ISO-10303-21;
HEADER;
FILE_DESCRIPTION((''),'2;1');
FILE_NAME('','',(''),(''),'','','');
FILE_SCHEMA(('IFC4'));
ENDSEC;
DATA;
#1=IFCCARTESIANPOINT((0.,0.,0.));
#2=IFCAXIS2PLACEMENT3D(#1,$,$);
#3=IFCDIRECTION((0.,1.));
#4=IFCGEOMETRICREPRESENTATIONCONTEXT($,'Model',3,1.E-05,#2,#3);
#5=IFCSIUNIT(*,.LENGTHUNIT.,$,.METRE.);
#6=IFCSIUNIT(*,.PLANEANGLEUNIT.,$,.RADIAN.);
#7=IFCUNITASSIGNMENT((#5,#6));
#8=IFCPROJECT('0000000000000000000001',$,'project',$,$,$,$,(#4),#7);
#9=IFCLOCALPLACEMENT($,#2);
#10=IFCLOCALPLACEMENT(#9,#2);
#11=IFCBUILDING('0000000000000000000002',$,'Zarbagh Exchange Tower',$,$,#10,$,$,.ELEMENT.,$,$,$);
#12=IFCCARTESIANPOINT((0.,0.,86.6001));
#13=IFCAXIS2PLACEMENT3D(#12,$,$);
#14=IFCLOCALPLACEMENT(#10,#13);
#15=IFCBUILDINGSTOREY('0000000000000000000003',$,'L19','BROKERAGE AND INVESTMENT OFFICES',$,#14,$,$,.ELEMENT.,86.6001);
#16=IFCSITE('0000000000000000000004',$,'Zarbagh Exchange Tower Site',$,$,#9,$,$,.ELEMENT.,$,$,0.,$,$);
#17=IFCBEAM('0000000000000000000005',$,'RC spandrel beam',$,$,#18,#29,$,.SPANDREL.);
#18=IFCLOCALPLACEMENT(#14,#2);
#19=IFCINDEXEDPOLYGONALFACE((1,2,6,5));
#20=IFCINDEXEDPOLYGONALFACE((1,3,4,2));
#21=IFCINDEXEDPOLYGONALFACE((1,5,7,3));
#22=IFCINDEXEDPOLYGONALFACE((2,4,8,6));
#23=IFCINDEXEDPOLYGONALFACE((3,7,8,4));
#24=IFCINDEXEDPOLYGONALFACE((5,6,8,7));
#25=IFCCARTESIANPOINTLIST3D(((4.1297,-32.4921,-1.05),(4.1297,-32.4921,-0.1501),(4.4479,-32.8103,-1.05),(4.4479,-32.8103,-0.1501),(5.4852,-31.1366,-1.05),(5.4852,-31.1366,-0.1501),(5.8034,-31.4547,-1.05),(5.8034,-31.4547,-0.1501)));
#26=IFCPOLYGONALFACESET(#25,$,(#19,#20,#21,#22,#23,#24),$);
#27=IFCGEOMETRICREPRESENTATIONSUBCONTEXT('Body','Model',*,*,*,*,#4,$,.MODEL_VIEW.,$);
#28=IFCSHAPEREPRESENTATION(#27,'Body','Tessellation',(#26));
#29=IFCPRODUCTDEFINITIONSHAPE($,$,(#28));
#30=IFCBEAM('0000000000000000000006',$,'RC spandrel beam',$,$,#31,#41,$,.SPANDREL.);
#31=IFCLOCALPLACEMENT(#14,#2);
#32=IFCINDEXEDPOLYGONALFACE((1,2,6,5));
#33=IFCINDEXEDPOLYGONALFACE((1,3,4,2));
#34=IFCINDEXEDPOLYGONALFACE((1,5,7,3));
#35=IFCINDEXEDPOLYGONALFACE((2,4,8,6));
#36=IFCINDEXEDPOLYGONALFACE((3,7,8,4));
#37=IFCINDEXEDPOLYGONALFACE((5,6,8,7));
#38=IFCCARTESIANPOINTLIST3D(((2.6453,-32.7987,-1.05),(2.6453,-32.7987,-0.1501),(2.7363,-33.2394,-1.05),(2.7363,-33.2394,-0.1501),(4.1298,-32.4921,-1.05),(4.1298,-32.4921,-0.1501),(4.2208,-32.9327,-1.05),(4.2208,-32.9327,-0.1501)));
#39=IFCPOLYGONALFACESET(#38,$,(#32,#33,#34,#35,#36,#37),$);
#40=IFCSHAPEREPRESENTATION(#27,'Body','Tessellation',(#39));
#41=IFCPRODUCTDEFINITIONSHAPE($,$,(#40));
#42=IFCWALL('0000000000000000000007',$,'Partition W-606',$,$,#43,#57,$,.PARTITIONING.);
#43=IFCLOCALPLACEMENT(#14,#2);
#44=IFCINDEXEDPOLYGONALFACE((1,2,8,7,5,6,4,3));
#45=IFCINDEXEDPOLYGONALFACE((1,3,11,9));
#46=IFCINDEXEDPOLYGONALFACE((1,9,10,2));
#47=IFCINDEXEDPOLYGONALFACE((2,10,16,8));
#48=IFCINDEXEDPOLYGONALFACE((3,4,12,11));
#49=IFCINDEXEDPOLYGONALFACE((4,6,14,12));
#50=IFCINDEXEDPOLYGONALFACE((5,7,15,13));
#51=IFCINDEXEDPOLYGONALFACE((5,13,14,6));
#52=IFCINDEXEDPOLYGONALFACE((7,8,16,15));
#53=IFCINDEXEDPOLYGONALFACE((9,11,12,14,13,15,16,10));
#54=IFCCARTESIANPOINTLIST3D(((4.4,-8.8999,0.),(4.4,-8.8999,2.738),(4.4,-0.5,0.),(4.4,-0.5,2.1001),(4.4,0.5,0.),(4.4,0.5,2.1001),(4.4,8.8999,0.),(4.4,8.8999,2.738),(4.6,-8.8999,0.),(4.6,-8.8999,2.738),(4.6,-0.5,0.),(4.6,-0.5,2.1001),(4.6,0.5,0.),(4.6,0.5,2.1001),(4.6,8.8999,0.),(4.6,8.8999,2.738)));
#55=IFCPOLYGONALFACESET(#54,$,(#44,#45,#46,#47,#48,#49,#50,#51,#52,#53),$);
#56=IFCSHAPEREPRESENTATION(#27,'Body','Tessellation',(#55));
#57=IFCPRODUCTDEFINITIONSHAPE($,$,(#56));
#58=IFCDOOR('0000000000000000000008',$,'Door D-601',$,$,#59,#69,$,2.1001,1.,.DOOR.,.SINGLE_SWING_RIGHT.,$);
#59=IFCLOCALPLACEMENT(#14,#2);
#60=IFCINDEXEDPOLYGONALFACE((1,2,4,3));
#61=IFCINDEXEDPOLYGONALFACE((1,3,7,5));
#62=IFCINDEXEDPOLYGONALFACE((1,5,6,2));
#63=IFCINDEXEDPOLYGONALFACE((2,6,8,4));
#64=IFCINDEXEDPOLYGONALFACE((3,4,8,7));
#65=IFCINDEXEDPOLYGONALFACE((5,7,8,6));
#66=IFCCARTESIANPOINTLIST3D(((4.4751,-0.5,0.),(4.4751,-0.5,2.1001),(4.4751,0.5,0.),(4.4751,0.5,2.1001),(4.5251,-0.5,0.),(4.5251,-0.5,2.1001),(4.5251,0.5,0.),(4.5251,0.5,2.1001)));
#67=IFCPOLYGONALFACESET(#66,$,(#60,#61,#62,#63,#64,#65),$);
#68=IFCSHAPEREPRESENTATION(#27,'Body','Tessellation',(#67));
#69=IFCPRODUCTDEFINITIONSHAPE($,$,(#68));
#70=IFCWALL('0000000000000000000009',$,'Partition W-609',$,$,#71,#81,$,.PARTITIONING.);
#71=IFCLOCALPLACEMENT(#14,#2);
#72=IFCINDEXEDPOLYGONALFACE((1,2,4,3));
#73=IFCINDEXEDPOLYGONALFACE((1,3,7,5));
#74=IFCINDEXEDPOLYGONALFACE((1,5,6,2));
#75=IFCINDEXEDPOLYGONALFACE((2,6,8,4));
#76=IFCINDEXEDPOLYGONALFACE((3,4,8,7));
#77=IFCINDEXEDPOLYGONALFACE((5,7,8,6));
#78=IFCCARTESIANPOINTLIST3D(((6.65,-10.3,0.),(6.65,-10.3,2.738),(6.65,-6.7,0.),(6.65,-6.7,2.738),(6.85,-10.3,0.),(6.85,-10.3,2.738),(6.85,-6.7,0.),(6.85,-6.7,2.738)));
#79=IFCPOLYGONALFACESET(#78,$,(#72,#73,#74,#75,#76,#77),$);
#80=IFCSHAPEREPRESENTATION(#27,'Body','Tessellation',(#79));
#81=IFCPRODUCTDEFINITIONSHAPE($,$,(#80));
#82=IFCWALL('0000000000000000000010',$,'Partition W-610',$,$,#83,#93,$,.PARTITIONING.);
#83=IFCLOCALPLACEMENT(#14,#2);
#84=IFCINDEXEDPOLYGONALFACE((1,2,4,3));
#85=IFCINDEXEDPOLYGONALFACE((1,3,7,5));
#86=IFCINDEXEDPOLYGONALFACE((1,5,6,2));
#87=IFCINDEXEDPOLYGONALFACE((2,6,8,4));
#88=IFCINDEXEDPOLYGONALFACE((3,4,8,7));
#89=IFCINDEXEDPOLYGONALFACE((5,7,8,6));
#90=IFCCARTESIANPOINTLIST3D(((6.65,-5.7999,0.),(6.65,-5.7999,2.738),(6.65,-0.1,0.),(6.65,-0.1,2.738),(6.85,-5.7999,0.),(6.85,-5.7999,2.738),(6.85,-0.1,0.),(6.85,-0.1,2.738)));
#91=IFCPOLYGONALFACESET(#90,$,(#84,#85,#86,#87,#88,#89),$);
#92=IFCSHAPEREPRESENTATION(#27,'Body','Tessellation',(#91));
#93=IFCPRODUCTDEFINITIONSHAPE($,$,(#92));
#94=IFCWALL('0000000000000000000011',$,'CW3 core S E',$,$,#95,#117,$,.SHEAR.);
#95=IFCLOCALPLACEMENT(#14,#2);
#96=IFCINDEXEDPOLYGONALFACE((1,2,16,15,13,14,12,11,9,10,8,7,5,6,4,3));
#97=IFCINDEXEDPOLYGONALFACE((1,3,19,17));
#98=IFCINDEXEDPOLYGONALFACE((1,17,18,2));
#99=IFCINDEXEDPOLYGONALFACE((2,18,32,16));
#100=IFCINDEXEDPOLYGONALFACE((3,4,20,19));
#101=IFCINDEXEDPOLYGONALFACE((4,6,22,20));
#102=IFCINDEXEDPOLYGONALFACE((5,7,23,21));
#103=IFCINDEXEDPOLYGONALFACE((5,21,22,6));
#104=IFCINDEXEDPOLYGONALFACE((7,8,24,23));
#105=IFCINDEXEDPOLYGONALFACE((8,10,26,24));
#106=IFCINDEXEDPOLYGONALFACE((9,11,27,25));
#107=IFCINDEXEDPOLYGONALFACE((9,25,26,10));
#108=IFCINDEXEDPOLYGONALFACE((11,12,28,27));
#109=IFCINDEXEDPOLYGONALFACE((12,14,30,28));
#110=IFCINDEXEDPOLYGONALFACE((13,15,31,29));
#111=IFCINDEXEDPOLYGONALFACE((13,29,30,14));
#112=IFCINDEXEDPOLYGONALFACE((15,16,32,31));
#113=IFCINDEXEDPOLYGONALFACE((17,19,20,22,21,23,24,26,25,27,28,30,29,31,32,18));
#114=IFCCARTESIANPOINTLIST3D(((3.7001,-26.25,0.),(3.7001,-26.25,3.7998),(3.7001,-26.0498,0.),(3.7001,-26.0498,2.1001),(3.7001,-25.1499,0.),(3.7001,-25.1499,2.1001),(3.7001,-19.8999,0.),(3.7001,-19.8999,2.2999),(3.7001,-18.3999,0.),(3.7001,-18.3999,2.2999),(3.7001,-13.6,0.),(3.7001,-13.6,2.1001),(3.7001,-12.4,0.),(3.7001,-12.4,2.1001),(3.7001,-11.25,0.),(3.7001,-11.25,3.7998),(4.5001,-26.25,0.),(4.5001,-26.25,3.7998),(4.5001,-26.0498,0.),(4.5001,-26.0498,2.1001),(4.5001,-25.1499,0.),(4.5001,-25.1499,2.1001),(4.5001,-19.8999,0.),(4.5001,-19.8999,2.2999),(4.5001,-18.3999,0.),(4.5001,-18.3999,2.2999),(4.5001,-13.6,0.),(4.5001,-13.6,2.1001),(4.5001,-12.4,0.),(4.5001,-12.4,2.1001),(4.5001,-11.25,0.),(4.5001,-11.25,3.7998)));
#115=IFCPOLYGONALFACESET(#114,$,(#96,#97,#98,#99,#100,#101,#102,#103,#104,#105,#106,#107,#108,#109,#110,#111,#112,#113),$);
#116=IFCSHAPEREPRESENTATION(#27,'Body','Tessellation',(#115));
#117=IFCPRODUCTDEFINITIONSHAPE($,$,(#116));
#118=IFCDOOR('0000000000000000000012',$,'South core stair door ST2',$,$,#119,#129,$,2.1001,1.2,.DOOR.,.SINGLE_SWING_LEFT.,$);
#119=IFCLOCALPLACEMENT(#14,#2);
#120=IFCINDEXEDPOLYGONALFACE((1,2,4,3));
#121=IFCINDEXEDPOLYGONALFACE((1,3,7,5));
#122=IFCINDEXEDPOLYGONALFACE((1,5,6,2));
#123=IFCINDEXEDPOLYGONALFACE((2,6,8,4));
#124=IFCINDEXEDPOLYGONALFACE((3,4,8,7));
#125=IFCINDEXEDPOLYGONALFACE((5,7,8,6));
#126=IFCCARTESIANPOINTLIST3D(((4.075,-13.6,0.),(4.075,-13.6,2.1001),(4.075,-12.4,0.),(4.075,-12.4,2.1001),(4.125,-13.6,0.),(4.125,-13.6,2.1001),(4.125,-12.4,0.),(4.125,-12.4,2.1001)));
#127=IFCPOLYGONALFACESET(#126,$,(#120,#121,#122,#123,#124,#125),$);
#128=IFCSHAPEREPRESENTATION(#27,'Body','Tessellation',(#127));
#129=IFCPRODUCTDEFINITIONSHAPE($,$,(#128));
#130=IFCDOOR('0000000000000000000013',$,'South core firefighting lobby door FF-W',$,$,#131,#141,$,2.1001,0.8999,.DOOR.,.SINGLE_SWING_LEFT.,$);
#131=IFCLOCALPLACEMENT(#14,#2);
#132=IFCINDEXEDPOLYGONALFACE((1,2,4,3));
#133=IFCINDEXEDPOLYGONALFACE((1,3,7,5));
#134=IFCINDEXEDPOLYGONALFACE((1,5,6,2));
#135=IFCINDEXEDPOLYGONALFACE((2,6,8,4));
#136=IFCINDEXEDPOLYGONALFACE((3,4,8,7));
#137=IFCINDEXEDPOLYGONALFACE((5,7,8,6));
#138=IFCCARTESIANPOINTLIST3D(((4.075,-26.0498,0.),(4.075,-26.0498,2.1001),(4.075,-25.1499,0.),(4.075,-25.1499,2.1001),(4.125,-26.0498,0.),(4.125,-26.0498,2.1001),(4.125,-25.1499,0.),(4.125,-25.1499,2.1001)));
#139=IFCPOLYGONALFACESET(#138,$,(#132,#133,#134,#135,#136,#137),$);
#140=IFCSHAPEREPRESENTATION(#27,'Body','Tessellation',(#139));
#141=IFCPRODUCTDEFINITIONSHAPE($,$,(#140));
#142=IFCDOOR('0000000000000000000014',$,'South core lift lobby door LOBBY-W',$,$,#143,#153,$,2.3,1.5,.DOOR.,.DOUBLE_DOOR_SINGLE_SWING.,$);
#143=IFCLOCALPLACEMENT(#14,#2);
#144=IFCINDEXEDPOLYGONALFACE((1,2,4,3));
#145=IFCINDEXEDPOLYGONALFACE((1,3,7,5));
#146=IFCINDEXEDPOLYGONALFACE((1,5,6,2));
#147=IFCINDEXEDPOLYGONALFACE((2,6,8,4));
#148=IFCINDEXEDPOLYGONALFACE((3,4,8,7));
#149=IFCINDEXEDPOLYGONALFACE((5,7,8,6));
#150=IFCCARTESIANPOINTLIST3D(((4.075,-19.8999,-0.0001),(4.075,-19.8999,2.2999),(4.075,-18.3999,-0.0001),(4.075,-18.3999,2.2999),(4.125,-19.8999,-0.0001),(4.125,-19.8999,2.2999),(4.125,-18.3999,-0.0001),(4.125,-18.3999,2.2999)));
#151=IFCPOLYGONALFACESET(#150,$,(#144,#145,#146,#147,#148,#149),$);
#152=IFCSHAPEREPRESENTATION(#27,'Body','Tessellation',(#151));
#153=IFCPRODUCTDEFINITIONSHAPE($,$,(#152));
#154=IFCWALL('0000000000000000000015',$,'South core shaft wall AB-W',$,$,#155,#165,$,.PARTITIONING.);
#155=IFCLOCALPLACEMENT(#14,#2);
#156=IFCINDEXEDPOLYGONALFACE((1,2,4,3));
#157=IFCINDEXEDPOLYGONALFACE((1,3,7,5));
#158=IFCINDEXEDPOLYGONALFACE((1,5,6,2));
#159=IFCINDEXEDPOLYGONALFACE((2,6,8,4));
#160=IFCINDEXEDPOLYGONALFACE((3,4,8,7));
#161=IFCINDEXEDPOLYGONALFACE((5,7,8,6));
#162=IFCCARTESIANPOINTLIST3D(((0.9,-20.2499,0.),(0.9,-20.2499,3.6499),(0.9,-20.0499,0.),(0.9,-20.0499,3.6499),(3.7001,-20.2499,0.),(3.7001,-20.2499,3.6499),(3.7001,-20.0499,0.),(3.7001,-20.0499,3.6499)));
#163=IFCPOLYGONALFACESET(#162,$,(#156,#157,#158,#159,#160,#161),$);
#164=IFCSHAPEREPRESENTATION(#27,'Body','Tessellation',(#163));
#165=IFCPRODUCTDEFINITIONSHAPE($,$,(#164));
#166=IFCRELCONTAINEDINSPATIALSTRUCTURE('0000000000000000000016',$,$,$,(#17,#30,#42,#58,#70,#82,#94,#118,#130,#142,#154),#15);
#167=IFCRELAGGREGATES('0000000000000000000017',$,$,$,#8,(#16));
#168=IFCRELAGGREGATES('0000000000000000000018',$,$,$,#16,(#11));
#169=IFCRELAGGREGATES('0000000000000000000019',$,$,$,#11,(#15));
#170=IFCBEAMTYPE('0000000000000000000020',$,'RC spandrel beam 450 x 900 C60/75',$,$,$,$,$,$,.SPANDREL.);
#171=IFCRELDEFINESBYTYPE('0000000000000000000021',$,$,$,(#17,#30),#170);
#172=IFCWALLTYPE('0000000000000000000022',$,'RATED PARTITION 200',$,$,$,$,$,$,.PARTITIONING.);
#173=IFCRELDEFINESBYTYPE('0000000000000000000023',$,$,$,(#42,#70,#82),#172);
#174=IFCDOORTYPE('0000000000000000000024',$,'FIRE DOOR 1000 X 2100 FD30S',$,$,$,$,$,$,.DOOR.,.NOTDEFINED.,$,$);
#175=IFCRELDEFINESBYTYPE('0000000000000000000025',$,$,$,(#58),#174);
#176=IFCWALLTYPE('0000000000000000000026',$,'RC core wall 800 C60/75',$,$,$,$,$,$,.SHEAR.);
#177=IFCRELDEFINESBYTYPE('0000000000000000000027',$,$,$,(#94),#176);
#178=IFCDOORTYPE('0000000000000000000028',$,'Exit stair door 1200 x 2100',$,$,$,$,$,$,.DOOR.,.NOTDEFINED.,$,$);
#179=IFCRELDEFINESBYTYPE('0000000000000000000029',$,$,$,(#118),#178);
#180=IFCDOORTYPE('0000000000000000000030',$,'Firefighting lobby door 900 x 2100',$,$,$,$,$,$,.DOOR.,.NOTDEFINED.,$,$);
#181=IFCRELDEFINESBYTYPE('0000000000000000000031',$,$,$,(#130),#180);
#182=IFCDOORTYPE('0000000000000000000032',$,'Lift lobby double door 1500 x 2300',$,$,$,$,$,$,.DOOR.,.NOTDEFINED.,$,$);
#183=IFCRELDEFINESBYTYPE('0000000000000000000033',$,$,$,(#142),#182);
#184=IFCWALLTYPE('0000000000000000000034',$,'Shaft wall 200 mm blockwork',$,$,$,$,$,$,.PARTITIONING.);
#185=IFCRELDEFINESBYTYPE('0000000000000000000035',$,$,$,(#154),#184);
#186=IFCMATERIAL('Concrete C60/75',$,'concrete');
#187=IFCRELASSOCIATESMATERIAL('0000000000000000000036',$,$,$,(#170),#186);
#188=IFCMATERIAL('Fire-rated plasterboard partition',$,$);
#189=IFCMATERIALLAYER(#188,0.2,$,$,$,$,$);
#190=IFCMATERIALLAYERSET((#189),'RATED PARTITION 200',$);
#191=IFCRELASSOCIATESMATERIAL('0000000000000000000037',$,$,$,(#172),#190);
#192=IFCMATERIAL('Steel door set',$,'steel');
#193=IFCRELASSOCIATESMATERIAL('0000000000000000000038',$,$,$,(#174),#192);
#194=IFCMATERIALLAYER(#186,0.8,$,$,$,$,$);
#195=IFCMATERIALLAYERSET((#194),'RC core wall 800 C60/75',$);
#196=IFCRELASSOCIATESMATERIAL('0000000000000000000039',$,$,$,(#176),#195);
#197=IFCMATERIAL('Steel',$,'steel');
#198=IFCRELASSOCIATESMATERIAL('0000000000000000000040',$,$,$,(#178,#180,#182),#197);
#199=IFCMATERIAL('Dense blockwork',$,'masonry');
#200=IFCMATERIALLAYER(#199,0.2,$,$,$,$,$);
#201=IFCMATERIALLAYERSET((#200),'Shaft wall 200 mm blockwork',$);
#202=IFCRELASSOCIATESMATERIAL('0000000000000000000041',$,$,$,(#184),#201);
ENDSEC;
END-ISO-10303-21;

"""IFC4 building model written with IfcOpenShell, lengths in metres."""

from ifc_helpers import new_model, si_unit, direction, frame, frame_2d, origin, origin_2d, place, context, subcontext, project, spatial, rectangle, extrude, material, layer, layer_set, material_profile, profile_set, type_object, element, fill, save


model = new_model("IFC4")

# Units and contexts
model_context = context("Model", 3, precision=1e-05, world=origin(), true_north=direction((0.0, 1.0)))
body_context = subcontext(model_context, "Body", "Model", "MODEL_VIEW")
ifc_project = project(units=[si_unit("LENGTHUNIT", "METRE"), si_unit("PLANEANGLEUNIT", "RADIAN")], contexts=[model_context])

# Site, building, storey
site_placement = place(None, origin())
site = spatial("IfcSite", under=ifc_project, at=site_placement, Name="Zarbagh Exchange Tower Site", CompositionType="ELEMENT", RefElevation=0.0)
building_placement = place(site_placement, origin())
building = spatial("IfcBuilding", under=site, at=building_placement, Name="Zarbagh Exchange Tower", CompositionType="ELEMENT")
storey_placement = place(building_placement, frame((0.0, 0.0, 86.6001)))
storey = spatial("IfcBuildingStorey", under=building, at=storey_placement, Name="L19", Description="BROKERAGE AND INVESTMENT OFFICES", CompositionType="ELEMENT", Elevation=86.6001)

# Shared definitions
ifc_material_1 = material(Name="Concrete C60/75", Category="concrete")

# Beams
ifc_material_profile_1 = material_profile(ifc_material_1, rectangle(XDim=0.45, YDim=0.8999, at=origin_2d()), Name="RC spandrel beam 450 x 900 C60/75")
ifc_profile_set_1 = profile_set([ifc_material_profile_1], Name="Concrete C60/75")
beam_type_1 = type_object("IfcBeamType", Name="RC spandrel beam 450 x 900 C60/75", PredefinedType="SPANDREL", material=ifc_profile_set_1)
beam_1_placement = place(storey_placement, frame((5.6443, -31.2957, -0.6001), z_axis=(-0.707107, -0.707107, 0.0), x_axis=(0.707107, -0.707107, 0.0)))
element("IfcBeam", 1, at=beam_1_placement, inside=storey, type_object=beam_type_1, Name="RC spandrel beam", PredefinedType="SPANDREL", context=body_context, shape_type="SweptSolid", body=[
    extrude(rectangle(XDim=0.45, YDim=0.8999, at=origin_2d()), origin(), (0.0, 0.0, 1.0), 1.917),
])
beam_2_placement = place(storey_placement, frame((4.1753, -32.7124, -0.6001), z_axis=(-0.979329, -0.202275, 0.0), x_axis=(0.202275, -0.979329, 0.0)))
element("IfcBeam", 2, at=beam_2_placement, inside=storey, type_object=beam_type_1, Name="RC spandrel beam", PredefinedType="SPANDREL", context=body_context, shape_type="SweptSolid", body=[
    extrude(rectangle(XDim=0.45, YDim=0.8999, at=origin_2d()), origin(), (0.0, 0.0, 1.0), 1.5159),
])

# Wall, opening, door
ifc_material_2 = material(Name="Fire-rated plasterboard partition")
ifc_layer_1 = layer(ifc_material_2, 0.2)
ifc_layer_set_1 = layer_set([ifc_layer_1], Name="RATED PARTITION 200")
wall_type_1 = type_object("IfcWallType", Name="RATED PARTITION 200", PredefinedType="PARTITIONING", material=ifc_layer_set_1)
wall_1_placement = place(storey_placement, frame((4.5, -8.8999, 0.0), z_axis=(0.0, 0.0, 1.0), x_axis=(0.0, 1.0, 0.0)))
wall_1 = element("IfcWall", 3, at=wall_1_placement, inside=storey, type_object=wall_type_1, Name="Partition W-606", PredefinedType="PARTITIONING", context=body_context, shape_type="SweptSolid", body=[
    extrude(rectangle(XDim=17.7998, YDim=0.2, at=frame_2d((8.8999, 0.0))), origin(), (0.0, 0.0, 1.0), 2.738),
])
opening_1_placement = place(wall_1_placement, frame((8.3999, 0.0, 0.0)))
opening_1 = element("IfcOpeningElement", 4, at=opening_1_placement, cuts=wall_1, PredefinedType="OPENING", context=body_context, shape_type="SweptSolid", body=[
    extrude(rectangle(XDim=1.0, YDim=2.1001, at=frame_2d((0.5, 1.05))), frame((0.0, 0.1099, 0.0), z_axis=(0.0, -1.0, 0.0), x_axis=(1.0, 0.0, 0.0)), (0.0, 0.0, 1.0), 0.22),
])
ifc_material_3 = material(Name="Steel door set", Category="steel")
door_type_1 = type_object("IfcDoorType", Name="FIRE DOOR 1000 X 2100 FD30S", OperationType="NOTDEFINED", PredefinedType="DOOR", material=ifc_material_3)
door_1_placement = place(opening_1_placement, origin())
door_1 = element("IfcDoor", 5, at=door_1_placement, inside=storey, type_object=door_type_1, Name="Door D-601", OperationType="SINGLE_SWING_RIGHT", OverallHeight=2.1001, OverallWidth=1.0, PredefinedType="DOOR", context=body_context, shape_type="SweptSolid", body=[
    extrude(rectangle(XDim=1.0, YDim=2.1001, at=frame_2d((0.5, 1.05))), frame((0.0, 0.0249, 0.0), z_axis=(0.0, -1.0, 0.0), x_axis=(1.0, 0.0, 0.0)), (0.0, 0.0, 1.0), 0.05),
])
fill(opening_1, door_1)

# Walls
wall_2_placement = place(storey_placement, frame((6.75, -10.3, 0.0), z_axis=(0.0, 0.0, 1.0), x_axis=(0.0, 1.0, 0.0)))
element("IfcWall", 6, at=wall_2_placement, inside=storey, type_object=wall_type_1, Name="Partition W-609", PredefinedType="PARTITIONING", context=body_context, shape_type="SweptSolid", body=[
    extrude(rectangle(XDim=3.6001, YDim=0.2, at=frame_2d((1.8, 0.0))), origin(), (0.0, 0.0, 1.0), 2.738),
])
wall_3_placement = place(storey_placement, frame((6.75, -5.8, 0.0), z_axis=(0.0, 0.0, 1.0), x_axis=(0.0, 1.0, 0.0)))
element("IfcWall", 7, at=wall_3_placement, inside=storey, type_object=wall_type_1, Name="Partition W-610", PredefinedType="PARTITIONING", context=body_context, shape_type="SweptSolid", body=[
    extrude(rectangle(XDim=5.7, YDim=0.2, at=frame_2d((2.8501, 0.0))), origin(), (0.0, 0.0, 1.0), 2.738),
])

# Wall, openings, doors
ifc_layer_2 = layer(ifc_material_1, 0.8)
ifc_layer_set_2 = layer_set([ifc_layer_2], Name="RC core wall 800 C60/75")
wall_type_2 = type_object("IfcWallType", Name="RC core wall 800 C60/75", PredefinedType="SHEAR", material=ifc_layer_set_2)
wall_4_placement = place(storey_placement, frame((4.1001, -11.25, 0.0), z_axis=(0.0, 0.0, 1.0), x_axis=(0.0, -1.0, 0.0)))
wall_4 = element("IfcWall", 8, at=wall_4_placement, inside=storey, type_object=wall_type_2, Name="CW3 core S E", PredefinedType="SHEAR", context=body_context, shape_type="SweptSolid", body=[
    extrude(rectangle(XDim=15.0, YDim=0.8, at=frame_2d((7.5, 0.0))), origin(), (0.0, 0.0, 1.0), 3.7998),
])
opening_2_placement = place(wall_4_placement, frame((7.1499, 0.0, 0.0)))
opening_2 = element("IfcOpeningElement", 9, at=opening_2_placement, cuts=wall_4, PredefinedType="OPENING", context=body_context, shape_type="SweptSolid", body=[
    extrude(rectangle(XDim=1.5, YDim=2.3, at=frame_2d((0.75, 1.1499))), frame((0.0, 0.4099, 0.0), z_axis=(0.0, -1.0, 0.0), x_axis=(1.0, 0.0, 0.0)), (0.0, 0.0, 1.0), 0.8201),
])
opening_3_placement = place(wall_4_placement, frame((13.8999, 0.0, 0.0)))
opening_3 = element("IfcOpeningElement", 10, at=opening_3_placement, cuts=wall_4, PredefinedType="OPENING", context=body_context, shape_type="SweptSolid", body=[
    extrude(rectangle(XDim=0.8999, YDim=2.1001, at=frame_2d((0.45, 1.05))), frame((0.0, 0.4099, 0.0), z_axis=(0.0, -1.0, 0.0), x_axis=(1.0, 0.0, 0.0)), (0.0, 0.0, 1.0), 0.8201),
])
opening_4_placement = place(wall_4_placement, frame((1.1499, 0.0, 0.0)))
opening_4 = element("IfcOpeningElement", 11, at=opening_4_placement, cuts=wall_4, PredefinedType="OPENING", context=body_context, shape_type="SweptSolid", body=[
    extrude(rectangle(XDim=1.2, YDim=2.1001, at=frame_2d((0.6001, 1.05))), frame((0.0, 0.4099, 0.0), z_axis=(0.0, -1.0, 0.0), x_axis=(1.0, 0.0, 0.0)), (0.0, 0.0, 1.0), 0.8201),
])
ifc_material_4 = material(Name="Steel", Category="steel")
door_type_2 = type_object("IfcDoorType", Name="Exit stair door 1200 x 2100", OperationType="NOTDEFINED", PredefinedType="DOOR", material=ifc_material_4)
door_2_placement = place(opening_4_placement, origin())
door_2 = element("IfcDoor", 12, at=door_2_placement, inside=storey, type_object=door_type_2, Name="South core stair door ST2", OperationType="SINGLE_SWING_LEFT", OverallHeight=2.1001, OverallWidth=1.2, PredefinedType="DOOR", context=body_context, shape_type="SweptSolid", body=[
    extrude(rectangle(XDim=1.2, YDim=2.1001, at=frame_2d((0.6001, 1.05))), frame((0.0, 0.0249, 0.0), z_axis=(0.0, -1.0, 0.0), x_axis=(1.0, 0.0, 0.0)), (0.0, 0.0, 1.0), 0.05),
])
fill(opening_4, door_2)
door_type_3 = type_object("IfcDoorType", Name="Firefighting lobby door 900 x 2100", OperationType="NOTDEFINED", PredefinedType="DOOR", material=ifc_material_4)
door_3_placement = place(opening_3_placement, origin())
door_3 = element("IfcDoor", 13, at=door_3_placement, inside=storey, type_object=door_type_3, Name="South core firefighting lobby door FF-W", OperationType="SINGLE_SWING_LEFT", OverallHeight=2.1001, OverallWidth=0.8999, PredefinedType="DOOR", context=body_context, shape_type="SweptSolid", body=[
    extrude(rectangle(XDim=0.8999, YDim=2.1001, at=frame_2d((0.45, 1.05))), frame((0.0, 0.0249, 0.0), z_axis=(0.0, -1.0, 0.0), x_axis=(1.0, 0.0, 0.0)), (0.0, 0.0, 1.0), 0.05),
])
fill(opening_3, door_3)
door_type_4 = type_object("IfcDoorType", Name="Lift lobby double door 1500 x 2300", OperationType="NOTDEFINED", PredefinedType="DOOR", material=ifc_material_4)
door_4_placement = place(opening_2_placement, origin())
door_4 = element("IfcDoor", 14, at=door_4_placement, inside=storey, type_object=door_type_4, Name="South core lift lobby door LOBBY-W", OperationType="DOUBLE_DOOR_SINGLE_SWING", OverallHeight=2.3, OverallWidth=1.5, PredefinedType="DOOR", context=body_context, shape_type="SweptSolid", body=[
    extrude(rectangle(XDim=1.5, YDim=2.3, at=frame_2d((0.75, 1.1499))), frame((0.0, 0.0249, 0.0), z_axis=(0.0, -1.0, 0.0), x_axis=(1.0, 0.0, 0.0)), (0.0, 0.0, 1.0), 0.05),
])
fill(opening_2, door_4)

# Wall
ifc_material_5 = material(Name="Dense blockwork", Category="masonry")
ifc_layer_3 = layer(ifc_material_5, 0.2)
ifc_layer_set_3 = layer_set([ifc_layer_3], Name="Shaft wall 200 mm blockwork")
wall_type_3 = type_object("IfcWallType", Name="Shaft wall 200 mm blockwork", PredefinedType="PARTITIONING", material=ifc_layer_set_3)
wall_5_placement = place(storey_placement, frame((3.7, -20.1499, 0.0), z_axis=(0.0, 0.0, 1.0), x_axis=(-1.0, 0.0, 0.0)))
element("IfcWall", 15, at=wall_5_placement, inside=storey, type_object=wall_type_3, Name="South core shaft wall AB-W", PredefinedType="PARTITIONING", context=body_context, shape_type="SweptSolid", body=[
    extrude(rectangle(XDim=2.8, YDim=0.2, at=frame_2d((1.3999, 0.0))), origin(), (0.0, 0.0, 1.0), 3.6499),
])

save(model, "model.ifc")
